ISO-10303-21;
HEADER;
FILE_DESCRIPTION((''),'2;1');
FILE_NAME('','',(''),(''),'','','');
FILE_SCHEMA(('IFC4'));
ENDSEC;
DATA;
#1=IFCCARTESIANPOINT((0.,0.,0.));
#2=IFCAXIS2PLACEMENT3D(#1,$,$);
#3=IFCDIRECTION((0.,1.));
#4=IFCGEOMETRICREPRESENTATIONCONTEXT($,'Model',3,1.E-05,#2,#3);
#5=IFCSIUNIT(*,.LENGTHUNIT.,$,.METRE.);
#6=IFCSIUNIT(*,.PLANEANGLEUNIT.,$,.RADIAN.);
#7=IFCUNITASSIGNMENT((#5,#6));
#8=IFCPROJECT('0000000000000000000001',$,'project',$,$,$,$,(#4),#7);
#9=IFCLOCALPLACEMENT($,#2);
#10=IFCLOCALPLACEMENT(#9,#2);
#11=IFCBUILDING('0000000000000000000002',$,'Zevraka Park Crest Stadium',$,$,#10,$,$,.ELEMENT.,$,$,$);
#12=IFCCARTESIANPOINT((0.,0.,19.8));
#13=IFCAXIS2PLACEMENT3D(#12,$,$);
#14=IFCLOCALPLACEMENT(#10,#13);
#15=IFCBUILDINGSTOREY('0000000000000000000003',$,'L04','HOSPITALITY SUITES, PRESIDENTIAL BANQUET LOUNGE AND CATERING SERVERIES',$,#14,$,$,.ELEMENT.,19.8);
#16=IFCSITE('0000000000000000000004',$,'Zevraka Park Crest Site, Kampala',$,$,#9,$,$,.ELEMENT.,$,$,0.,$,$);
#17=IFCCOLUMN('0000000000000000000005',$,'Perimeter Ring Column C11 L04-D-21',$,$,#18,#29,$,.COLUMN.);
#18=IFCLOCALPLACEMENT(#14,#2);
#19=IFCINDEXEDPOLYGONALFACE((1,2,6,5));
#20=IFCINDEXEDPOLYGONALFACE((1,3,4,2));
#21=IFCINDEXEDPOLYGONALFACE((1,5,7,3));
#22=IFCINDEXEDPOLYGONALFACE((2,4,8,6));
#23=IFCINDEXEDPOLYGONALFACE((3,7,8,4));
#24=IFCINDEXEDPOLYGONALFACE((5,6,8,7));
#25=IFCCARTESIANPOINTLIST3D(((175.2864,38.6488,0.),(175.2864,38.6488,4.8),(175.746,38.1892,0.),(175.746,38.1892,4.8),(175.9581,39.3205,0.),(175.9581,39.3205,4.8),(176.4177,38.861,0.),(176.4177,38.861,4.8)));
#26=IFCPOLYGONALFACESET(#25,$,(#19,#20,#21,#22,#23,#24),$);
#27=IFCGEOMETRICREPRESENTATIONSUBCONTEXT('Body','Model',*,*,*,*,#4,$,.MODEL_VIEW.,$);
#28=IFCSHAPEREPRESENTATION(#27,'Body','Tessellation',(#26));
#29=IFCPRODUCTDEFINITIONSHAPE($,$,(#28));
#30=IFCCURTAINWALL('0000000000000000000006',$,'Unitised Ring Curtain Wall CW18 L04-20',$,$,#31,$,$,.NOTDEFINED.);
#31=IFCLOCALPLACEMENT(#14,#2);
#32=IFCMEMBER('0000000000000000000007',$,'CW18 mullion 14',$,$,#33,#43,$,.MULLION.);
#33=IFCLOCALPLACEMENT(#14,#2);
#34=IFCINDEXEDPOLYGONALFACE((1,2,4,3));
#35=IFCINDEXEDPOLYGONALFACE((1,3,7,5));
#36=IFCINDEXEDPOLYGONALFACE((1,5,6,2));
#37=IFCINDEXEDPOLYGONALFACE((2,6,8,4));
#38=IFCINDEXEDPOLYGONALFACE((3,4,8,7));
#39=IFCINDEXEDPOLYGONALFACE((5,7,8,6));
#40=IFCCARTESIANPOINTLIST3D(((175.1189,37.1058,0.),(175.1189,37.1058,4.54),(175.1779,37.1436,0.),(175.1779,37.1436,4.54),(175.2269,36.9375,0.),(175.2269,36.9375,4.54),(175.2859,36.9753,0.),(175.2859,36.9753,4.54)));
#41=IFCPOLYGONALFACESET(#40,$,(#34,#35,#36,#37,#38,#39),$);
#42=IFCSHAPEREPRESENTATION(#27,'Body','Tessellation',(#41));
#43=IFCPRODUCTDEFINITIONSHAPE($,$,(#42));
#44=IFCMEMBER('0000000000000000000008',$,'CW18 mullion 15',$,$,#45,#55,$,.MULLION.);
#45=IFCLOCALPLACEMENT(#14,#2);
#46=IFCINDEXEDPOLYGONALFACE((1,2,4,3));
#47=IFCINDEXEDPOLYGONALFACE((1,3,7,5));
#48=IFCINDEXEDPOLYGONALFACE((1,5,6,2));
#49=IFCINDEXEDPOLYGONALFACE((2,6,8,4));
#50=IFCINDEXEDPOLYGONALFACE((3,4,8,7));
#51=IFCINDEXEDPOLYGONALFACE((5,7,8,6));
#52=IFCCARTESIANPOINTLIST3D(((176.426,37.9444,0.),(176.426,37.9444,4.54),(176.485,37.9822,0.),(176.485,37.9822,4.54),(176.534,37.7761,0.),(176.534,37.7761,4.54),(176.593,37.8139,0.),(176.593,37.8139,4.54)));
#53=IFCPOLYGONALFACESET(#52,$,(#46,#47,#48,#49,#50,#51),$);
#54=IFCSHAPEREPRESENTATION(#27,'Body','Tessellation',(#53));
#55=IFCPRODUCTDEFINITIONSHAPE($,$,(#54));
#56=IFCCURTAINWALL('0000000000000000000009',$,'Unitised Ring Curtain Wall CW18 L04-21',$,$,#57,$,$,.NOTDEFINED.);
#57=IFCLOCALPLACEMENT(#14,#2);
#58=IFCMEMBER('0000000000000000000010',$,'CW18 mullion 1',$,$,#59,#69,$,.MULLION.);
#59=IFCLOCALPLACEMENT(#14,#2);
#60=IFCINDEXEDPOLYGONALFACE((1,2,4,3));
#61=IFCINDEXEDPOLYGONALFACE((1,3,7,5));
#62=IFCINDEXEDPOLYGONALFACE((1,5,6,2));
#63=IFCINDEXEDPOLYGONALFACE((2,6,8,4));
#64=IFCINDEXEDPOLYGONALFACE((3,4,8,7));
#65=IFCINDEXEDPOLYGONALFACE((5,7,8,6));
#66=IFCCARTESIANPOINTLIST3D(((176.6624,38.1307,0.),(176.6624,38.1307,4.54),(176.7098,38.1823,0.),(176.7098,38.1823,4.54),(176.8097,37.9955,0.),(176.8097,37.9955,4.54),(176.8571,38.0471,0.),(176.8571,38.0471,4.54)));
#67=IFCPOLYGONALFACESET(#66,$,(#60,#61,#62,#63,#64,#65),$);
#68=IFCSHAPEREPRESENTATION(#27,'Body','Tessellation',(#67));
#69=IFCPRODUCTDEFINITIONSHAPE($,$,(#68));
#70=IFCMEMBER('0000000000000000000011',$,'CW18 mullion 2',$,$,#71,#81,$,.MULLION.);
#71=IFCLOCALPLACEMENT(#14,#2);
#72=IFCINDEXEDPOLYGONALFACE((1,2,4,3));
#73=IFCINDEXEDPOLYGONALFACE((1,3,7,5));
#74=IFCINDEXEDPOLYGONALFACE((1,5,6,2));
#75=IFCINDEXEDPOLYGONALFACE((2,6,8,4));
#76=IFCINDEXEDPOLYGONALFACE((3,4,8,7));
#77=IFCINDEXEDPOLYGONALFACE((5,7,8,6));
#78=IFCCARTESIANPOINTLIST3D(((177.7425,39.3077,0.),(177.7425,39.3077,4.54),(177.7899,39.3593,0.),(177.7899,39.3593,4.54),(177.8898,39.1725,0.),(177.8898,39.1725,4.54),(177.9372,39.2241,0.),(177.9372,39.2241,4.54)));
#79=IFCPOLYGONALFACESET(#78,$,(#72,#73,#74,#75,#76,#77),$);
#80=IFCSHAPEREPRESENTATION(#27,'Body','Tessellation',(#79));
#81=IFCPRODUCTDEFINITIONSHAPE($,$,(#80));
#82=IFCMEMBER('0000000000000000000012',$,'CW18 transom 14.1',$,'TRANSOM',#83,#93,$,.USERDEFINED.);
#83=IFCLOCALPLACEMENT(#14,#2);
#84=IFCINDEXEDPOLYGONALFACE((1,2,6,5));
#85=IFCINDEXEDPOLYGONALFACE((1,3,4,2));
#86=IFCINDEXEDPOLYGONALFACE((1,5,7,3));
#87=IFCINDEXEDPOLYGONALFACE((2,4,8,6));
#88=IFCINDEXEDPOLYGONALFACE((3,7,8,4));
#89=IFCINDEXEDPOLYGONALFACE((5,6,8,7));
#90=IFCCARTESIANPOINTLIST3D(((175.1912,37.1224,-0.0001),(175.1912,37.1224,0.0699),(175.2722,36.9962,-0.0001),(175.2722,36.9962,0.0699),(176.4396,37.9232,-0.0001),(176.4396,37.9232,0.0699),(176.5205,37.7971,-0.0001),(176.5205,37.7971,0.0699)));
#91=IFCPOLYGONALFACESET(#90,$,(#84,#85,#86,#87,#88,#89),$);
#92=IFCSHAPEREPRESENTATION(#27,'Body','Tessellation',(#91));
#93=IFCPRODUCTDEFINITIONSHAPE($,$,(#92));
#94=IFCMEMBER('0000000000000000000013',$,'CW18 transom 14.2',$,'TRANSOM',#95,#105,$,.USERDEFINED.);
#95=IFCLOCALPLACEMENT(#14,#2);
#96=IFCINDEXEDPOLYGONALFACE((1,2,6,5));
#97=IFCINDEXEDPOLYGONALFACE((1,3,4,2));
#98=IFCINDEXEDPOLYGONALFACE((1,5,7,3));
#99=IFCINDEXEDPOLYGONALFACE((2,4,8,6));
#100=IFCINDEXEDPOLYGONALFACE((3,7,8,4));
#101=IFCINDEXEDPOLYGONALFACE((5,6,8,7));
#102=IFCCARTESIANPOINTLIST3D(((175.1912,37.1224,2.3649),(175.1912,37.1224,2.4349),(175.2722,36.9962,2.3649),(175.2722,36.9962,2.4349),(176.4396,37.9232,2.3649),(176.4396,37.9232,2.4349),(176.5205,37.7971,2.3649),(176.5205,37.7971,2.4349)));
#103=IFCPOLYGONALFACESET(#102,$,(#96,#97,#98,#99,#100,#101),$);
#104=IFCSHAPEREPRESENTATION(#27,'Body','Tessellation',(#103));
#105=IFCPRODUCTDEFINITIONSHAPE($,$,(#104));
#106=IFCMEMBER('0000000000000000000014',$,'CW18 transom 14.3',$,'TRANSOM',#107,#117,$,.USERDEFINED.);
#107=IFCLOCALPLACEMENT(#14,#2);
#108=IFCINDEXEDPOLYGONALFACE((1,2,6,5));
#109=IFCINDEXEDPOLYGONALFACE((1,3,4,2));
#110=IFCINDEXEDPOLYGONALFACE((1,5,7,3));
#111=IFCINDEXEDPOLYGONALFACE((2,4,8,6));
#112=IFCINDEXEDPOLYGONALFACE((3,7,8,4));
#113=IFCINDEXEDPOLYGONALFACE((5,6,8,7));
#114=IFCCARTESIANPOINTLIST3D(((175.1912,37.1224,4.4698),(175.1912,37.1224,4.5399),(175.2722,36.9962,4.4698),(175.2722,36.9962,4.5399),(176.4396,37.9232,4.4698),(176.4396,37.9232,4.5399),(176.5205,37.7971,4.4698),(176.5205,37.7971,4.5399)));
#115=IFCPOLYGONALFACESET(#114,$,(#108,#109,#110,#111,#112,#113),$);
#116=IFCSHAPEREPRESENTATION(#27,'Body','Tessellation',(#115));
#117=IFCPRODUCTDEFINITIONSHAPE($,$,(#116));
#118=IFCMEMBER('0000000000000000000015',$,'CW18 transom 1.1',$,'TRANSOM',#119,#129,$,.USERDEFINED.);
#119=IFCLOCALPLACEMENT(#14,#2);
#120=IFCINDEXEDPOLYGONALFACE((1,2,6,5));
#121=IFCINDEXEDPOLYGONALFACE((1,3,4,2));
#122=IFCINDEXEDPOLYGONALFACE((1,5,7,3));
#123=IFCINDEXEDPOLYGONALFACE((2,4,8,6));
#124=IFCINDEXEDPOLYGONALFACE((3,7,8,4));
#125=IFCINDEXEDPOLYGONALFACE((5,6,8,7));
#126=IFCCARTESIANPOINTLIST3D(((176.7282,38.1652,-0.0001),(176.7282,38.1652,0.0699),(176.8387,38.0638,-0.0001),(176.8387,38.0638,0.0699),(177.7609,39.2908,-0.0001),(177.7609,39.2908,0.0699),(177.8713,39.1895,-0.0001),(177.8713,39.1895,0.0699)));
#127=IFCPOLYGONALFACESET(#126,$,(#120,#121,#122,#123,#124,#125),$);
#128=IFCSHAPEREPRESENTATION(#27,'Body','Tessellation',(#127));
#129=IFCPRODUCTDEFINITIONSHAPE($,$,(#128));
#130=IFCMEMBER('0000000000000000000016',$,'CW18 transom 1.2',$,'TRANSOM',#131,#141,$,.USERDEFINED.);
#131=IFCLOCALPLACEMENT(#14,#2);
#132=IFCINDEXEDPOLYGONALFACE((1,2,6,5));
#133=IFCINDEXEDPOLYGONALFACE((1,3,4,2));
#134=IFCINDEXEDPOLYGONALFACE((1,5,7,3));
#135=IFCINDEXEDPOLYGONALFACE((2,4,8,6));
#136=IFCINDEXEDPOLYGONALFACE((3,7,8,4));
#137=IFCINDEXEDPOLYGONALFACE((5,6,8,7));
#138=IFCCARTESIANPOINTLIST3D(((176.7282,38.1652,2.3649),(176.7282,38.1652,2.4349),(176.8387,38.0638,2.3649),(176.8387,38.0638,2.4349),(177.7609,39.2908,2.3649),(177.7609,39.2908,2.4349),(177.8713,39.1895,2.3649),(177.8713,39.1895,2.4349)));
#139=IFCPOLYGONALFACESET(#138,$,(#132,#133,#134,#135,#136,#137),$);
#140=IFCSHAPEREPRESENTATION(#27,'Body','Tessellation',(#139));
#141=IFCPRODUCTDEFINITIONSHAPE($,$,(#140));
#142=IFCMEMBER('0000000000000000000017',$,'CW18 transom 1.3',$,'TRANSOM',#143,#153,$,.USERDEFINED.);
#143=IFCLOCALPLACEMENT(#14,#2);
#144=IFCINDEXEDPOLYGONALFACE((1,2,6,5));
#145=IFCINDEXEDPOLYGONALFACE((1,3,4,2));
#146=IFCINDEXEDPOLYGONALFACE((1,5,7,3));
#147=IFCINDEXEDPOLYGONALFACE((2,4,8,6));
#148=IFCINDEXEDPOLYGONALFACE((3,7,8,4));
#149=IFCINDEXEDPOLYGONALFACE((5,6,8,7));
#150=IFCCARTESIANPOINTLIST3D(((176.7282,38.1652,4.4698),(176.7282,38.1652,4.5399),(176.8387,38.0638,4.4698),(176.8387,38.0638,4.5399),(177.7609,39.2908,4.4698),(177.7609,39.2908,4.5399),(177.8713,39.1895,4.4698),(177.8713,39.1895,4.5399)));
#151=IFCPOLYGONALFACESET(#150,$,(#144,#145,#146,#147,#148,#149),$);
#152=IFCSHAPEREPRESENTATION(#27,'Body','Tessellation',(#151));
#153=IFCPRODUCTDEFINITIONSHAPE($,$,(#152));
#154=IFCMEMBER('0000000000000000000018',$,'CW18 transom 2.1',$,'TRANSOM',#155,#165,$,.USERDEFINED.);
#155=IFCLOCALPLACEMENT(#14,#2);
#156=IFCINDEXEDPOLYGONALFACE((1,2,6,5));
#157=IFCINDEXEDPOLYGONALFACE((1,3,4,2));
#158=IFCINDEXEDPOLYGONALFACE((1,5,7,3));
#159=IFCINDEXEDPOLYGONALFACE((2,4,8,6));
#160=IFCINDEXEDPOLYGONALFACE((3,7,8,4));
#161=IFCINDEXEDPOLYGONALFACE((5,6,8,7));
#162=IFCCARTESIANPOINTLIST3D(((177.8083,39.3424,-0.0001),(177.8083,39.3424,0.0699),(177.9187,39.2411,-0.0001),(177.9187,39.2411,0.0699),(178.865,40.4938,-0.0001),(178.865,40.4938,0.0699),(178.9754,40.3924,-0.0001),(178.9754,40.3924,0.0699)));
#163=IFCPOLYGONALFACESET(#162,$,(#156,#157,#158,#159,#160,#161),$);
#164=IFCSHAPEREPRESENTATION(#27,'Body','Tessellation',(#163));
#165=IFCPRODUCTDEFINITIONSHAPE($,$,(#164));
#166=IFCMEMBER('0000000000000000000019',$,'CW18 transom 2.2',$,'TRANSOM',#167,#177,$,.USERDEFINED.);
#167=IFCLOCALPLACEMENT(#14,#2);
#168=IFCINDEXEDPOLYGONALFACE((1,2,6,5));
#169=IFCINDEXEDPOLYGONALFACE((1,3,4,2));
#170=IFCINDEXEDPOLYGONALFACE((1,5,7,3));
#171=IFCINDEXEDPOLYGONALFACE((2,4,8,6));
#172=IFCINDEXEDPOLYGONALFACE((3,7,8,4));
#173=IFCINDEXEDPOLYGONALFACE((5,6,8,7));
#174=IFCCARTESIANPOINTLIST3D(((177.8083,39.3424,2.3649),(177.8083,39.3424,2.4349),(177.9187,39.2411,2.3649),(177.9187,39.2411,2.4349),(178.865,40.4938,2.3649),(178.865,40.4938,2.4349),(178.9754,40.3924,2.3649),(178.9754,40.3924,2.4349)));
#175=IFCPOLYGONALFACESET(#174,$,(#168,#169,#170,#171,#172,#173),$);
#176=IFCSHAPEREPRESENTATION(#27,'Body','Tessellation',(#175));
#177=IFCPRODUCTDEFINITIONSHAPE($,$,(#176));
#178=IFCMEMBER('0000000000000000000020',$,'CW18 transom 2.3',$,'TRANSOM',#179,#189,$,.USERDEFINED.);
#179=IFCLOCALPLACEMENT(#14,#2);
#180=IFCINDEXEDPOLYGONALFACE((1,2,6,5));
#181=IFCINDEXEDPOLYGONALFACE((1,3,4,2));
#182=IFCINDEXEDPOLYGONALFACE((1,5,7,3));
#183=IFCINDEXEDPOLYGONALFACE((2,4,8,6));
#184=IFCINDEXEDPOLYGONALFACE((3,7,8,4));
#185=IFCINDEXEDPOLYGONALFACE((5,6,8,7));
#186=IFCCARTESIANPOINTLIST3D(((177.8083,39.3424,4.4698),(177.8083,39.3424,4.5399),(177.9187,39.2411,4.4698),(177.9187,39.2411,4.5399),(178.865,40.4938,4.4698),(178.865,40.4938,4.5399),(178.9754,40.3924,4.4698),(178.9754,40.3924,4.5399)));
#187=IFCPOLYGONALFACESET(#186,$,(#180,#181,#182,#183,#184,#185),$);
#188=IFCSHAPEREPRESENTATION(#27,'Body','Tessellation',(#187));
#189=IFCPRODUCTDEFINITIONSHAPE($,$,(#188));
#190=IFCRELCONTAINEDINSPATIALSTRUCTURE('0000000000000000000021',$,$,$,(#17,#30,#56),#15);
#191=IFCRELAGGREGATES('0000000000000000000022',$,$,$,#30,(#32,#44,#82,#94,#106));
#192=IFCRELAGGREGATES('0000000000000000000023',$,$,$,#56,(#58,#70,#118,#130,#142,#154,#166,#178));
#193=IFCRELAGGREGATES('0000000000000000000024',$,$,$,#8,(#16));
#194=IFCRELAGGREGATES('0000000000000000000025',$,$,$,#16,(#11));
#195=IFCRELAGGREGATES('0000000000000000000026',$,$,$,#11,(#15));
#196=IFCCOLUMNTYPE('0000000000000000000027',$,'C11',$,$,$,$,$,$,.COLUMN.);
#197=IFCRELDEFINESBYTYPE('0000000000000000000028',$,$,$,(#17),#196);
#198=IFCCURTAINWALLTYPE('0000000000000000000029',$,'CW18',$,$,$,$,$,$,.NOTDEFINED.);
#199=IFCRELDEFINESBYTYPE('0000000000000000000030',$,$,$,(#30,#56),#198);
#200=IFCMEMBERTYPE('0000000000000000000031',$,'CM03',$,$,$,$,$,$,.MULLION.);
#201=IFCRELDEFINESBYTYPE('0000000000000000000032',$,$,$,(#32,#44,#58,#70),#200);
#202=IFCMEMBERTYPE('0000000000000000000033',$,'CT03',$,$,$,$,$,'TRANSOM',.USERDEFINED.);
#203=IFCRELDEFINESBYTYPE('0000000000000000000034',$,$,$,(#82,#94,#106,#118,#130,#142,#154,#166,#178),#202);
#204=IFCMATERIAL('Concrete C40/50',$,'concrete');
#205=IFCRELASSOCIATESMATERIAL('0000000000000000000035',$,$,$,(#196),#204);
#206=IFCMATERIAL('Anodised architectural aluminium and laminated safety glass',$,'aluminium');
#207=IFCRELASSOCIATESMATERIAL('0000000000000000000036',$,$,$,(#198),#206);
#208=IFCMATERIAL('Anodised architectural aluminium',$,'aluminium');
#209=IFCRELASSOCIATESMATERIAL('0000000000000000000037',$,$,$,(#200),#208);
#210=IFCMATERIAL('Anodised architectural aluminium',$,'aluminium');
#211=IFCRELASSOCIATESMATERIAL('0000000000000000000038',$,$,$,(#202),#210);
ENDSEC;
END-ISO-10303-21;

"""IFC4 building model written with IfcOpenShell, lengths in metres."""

from ifc_helpers import new_model, si_unit, direction, frame, origin, origin_2d, place, context, subcontext, project, spatial, rectangle, extrude, material, material_profile, profile_set, type_object, element, aggregate, save


model = new_model("IFC4")

# Units and contexts
model_context = context("Model", 3, precision=1e-05, world=origin(), true_north=direction((0.0, 1.0)))
body_context = subcontext(model_context, "Body", "Model", "MODEL_VIEW")
ifc_project = project(units=[si_unit("LENGTHUNIT", "METRE"), si_unit("PLANEANGLEUNIT", "RADIAN")], contexts=[model_context])

# Site, building, storey
site_placement = place(None, origin())
site = spatial("IfcSite", under=ifc_project, at=site_placement, Name="Zevraka Park Crest Site, Kampala", CompositionType="ELEMENT", RefElevation=0.0)
building_placement = place(site_placement, origin())
building = spatial("IfcBuilding", under=site, at=building_placement, Name="Zevraka Park Crest Stadium", CompositionType="ELEMENT")
storey_placement = place(building_placement, frame((0.0, 0.0, 19.8)))
storey = spatial("IfcBuildingStorey", under=building, at=storey_placement, Name="L04", Description="HOSPITALITY SUITES, PRESIDENTIAL BANQUET LOUNGE AND CATERING SERVERIES", CompositionType="ELEMENT", Elevation=19.8)

# Column
ifc_material_1 = material(Name="Concrete C40/50", Category="concrete")
ifc_material_profile_1 = material_profile(ifc_material_1, rectangle(XDim=0.6499, YDim=0.95, at=origin_2d()), Name="RC 950x650")
ifc_profile_set_1 = profile_set([ifc_material_profile_1], Name="Concrete C40/50")
column_type = type_object("IfcColumnType", Name="C11", PredefinedType="COLUMN", material=ifc_profile_set_1)
column_placement = place(storey_placement, frame((175.8521, 38.7549, 0.0), z_axis=(0.0, 0.0, 1.0), x_axis=(-0.707107, 0.707107, 0.0)))
element("IfcColumn", 1, at=column_placement, inside=storey, type_object=column_type, Name="Perimeter Ring Column C11 L04-D-21", PredefinedType="COLUMN", context=body_context, shape_type="SweptSolid", body=[
    extrude(rectangle(XDim=0.6499, YDim=0.95, at=origin_2d()), origin(), (0.0, 0.0, 1.0), 4.8),
])

# Curtain walls, members
ifc_material_2 = material(Name="Anodised architectural aluminium and laminated safety glass", Category="aluminium")
curtain_wall_type = type_object("IfcCurtainWallType", Name="CW18", PredefinedType="NOTDEFINED", material=ifc_material_2)
curtain_wall_1_placement = place(storey_placement, origin())
curtain_wall_1 = element("IfcCurtainWall", 2, at=curtain_wall_1_placement, inside=storey, type_object=curtain_wall_type, Name="Unitised Ring Curtain Wall CW18 L04-20", PredefinedType="NOTDEFINED")
ifc_material_3 = material(Name="Anodised architectural aluminium", Category="aluminium")
ifc_material_profile_2 = material_profile(ifc_material_3, rectangle(XDim=0.2, YDim=0.0701, at=origin_2d()), Name="ALU MULLION 200x70")
ifc_profile_set_2 = profile_set([ifc_material_profile_2], Name="Anodised architectural aluminium")
member_type_1 = type_object("IfcMemberType", Name="CM03", PredefinedType="MULLION", material=ifc_profile_set_2)
member_1_placement = place(storey_placement, frame((175.2024, 37.0405, 0.0), z_axis=(0.0, 0.0, 1.0), x_axis=(-0.53998, 0.841678, 0.0)))
member_1 = element("IfcMember", 3, at=member_1_placement, type_object=member_type_1, Name="CW18 mullion 14", PredefinedType="MULLION", context=body_context, shape_type="SweptSolid", body=[
    extrude(rectangle(XDim=0.2, YDim=0.0701, at=origin_2d()), origin(), (0.0, 0.0, 1.0), 4.54),
])
member_2_placement = place(storey_placement, frame((176.5095, 37.8792, 0.0), z_axis=(0.0, 0.0, 1.0), x_axis=(-0.53998, 0.841678, 0.0)))
member_2 = element("IfcMember", 4, at=member_2_placement, type_object=member_type_1, Name="CW18 mullion 15", PredefinedType="MULLION", context=body_context, shape_type="SweptSolid", body=[
    extrude(rectangle(XDim=0.2, YDim=0.0701, at=origin_2d()), origin(), (0.0, 0.0, 1.0), 4.54),
])
curtain_wall_2_placement = place(storey_placement, origin())
curtain_wall_2 = element("IfcCurtainWall", 5, at=curtain_wall_2_placement, inside=storey, type_object=curtain_wall_type, Name="Unitised Ring Curtain Wall CW18 L04-21", PredefinedType="NOTDEFINED")
member_3_placement = place(storey_placement, frame((176.7598, 38.0889, 0.0), z_axis=(0.0, 0.0, 1.0), x_axis=(-0.736775, 0.676138, 0.0)))
member_3 = element("IfcMember", 6, at=member_3_placement, type_object=member_type_1, Name="CW18 mullion 1", PredefinedType="MULLION", context=body_context, shape_type="SweptSolid", body=[
    extrude(rectangle(XDim=0.2, YDim=0.0701, at=origin_2d()), origin(), (0.0, 0.0, 1.0), 4.54),
])
member_4_placement = place(storey_placement, frame((177.8398, 39.2659, 0.0), z_axis=(0.0, 0.0, 1.0), x_axis=(-0.736775, 0.676138, 0.0)))
member_4 = element("IfcMember", 7, at=member_4_placement, type_object=member_type_1, Name="CW18 mullion 2", PredefinedType="MULLION", context=body_context, shape_type="SweptSolid", body=[
    extrude(rectangle(XDim=0.2, YDim=0.0701, at=origin_2d()), origin(), (0.0, 0.0, 1.0), 4.54),
])

# Members
ifc_material_4 = material(Name="Anodised architectural aluminium", Category="aluminium")
ifc_material_profile_3 = material_profile(ifc_material_4, rectangle(XDim=0.1499, YDim=0.0701, at=origin_2d()), Name="ALU TRANSOM 150x70")
ifc_profile_set_3 = profile_set([ifc_material_profile_3], Name="Anodised architectural aluminium")
member_type_2 = type_object("IfcMemberType", Name="CT03", ElementType="TRANSOM", PredefinedType="USERDEFINED", material=ifc_profile_set_3)
member_5_placement = place(storey_placement, frame((175.2317, 37.0593, 0.0349), z_axis=(0.841697, 0.53995, 0.0), x_axis=(-0.53995, 0.841697, 0.0)))
member_5 = element("IfcMember", 8, at=member_5_placement, type_object=member_type_2, Name="CW18 transom 14.1", ObjectType="TRANSOM", PredefinedType="USERDEFINED", context=body_context, shape_type="SweptSolid", body=[
    extrude(rectangle(XDim=0.1499, YDim=0.0701, at=origin_2d()), origin(), (0.0, 0.0, 1.0), 1.4832),
])
member_6_placement = place(storey_placement, frame((175.2317, 37.0593, 2.3999), z_axis=(0.841697, 0.53995, 0.0), x_axis=(-0.53995, 0.841697, 0.0)))
member_6 = element("IfcMember", 9, at=member_6_placement, type_object=member_type_2, Name="CW18 transom 14.2", ObjectType="TRANSOM", PredefinedType="USERDEFINED", context=body_context, shape_type="SweptSolid", body=[
    extrude(rectangle(XDim=0.1499, YDim=0.0701, at=origin_2d()), origin(), (0.0, 0.0, 1.0), 1.4832),
])
member_7_placement = place(storey_placement, frame((175.2317, 37.0593, 4.5049), z_axis=(0.841697, 0.53995, 0.0), x_axis=(-0.53995, 0.841697, 0.0)))
member_7 = element("IfcMember", 10, at=member_7_placement, type_object=member_type_2, Name="CW18 transom 14.3", ObjectType="TRANSOM", PredefinedType="USERDEFINED", context=body_context, shape_type="SweptSolid", body=[
    extrude(rectangle(XDim=0.1499, YDim=0.0701, at=origin_2d()), origin(), (0.0, 0.0, 1.0), 1.4832),
])
member_8_placement = place(storey_placement, frame((176.7834, 38.1145, 0.0349), z_axis=(0.676007, 0.736895, 0.0), x_axis=(-0.736895, 0.676007, 0.0)))
member_8 = element("IfcMember", 11, at=member_8_placement, type_object=member_type_2, Name="CW18 transom 1.1", ObjectType="TRANSOM", PredefinedType="USERDEFINED", context=body_context, shape_type="SweptSolid", body=[
    extrude(rectangle(XDim=0.1499, YDim=0.0701, at=origin_2d()), origin(), (0.0, 0.0, 1.0), 1.5276),
])
member_9_placement = place(storey_placement, frame((176.7834, 38.1145, 2.3999), z_axis=(0.676007, 0.736895, 0.0), x_axis=(-0.736895, 0.676007, 0.0)))
member_9 = element("IfcMember", 12, at=member_9_placement, type_object=member_type_2, Name="CW18 transom 1.2", ObjectType="TRANSOM", PredefinedType="USERDEFINED", context=body_context, shape_type="SweptSolid", body=[
    extrude(rectangle(XDim=0.1499, YDim=0.0701, at=origin_2d()), origin(), (0.0, 0.0, 1.0), 1.5276),
])
member_10_placement = place(storey_placement, frame((176.7834, 38.1145, 4.5049), z_axis=(0.676007, 0.736895, 0.0), x_axis=(-0.736895, 0.676007, 0.0)))
member_10 = element("IfcMember", 13, at=member_10_placement, type_object=member_type_2, Name="CW18 transom 1.3", ObjectType="TRANSOM", PredefinedType="USERDEFINED", context=body_context, shape_type="SweptSolid", body=[
    extrude(rectangle(XDim=0.1499, YDim=0.0701, at=origin_2d()), origin(), (0.0, 0.0, 1.0), 1.5276),
])
member_11_placement = place(storey_placement, frame((177.8635, 39.2917, 0.0349), z_axis=(0.676149, 0.736765, 0.0), x_axis=(-0.736765, 0.676149, 0.0)))
member_11 = element("IfcMember", 14, at=member_11_placement, type_object=member_type_2, Name="CW18 transom 2.1", ObjectType="TRANSOM", PredefinedType="USERDEFINED", context=body_context, shape_type="SweptSolid", body=[
    extrude(rectangle(XDim=0.1499, YDim=0.0701, at=origin_2d()), origin(), (0.0, 0.0, 1.0), 1.5627),
])
member_12_placement = place(storey_placement, frame((177.8635, 39.2917, 2.3999), z_axis=(0.676149, 0.736765, 0.0), x_axis=(-0.736765, 0.676149, 0.0)))
member_12 = element("IfcMember", 15, at=member_12_placement, type_object=member_type_2, Name="CW18 transom 2.2", ObjectType="TRANSOM", PredefinedType="USERDEFINED", context=body_context, shape_type="SweptSolid", body=[
    extrude(rectangle(XDim=0.1499, YDim=0.0701, at=origin_2d()), origin(), (0.0, 0.0, 1.0), 1.5627),
])
member_13_placement = place(storey_placement, frame((177.8635, 39.2917, 4.5049), z_axis=(0.676149, 0.736765, 0.0), x_axis=(-0.736765, 0.676149, 0.0)))
member_13 = element("IfcMember", 16, at=member_13_placement, type_object=member_type_2, Name="CW18 transom 2.3", ObjectType="TRANSOM", PredefinedType="USERDEFINED", context=body_context, shape_type="SweptSolid", body=[
    extrude(rectangle(XDim=0.1499, YDim=0.0701, at=origin_2d()), origin(), (0.0, 0.0, 1.0), 1.5627),
])

aggregate(curtain_wall_1, [member_1, member_2, member_5, member_6, member_7])
aggregate(curtain_wall_2, [member_3, member_4, member_8, member_9, member_10, member_11, member_12, member_13])

save(model, "model.ifc")
